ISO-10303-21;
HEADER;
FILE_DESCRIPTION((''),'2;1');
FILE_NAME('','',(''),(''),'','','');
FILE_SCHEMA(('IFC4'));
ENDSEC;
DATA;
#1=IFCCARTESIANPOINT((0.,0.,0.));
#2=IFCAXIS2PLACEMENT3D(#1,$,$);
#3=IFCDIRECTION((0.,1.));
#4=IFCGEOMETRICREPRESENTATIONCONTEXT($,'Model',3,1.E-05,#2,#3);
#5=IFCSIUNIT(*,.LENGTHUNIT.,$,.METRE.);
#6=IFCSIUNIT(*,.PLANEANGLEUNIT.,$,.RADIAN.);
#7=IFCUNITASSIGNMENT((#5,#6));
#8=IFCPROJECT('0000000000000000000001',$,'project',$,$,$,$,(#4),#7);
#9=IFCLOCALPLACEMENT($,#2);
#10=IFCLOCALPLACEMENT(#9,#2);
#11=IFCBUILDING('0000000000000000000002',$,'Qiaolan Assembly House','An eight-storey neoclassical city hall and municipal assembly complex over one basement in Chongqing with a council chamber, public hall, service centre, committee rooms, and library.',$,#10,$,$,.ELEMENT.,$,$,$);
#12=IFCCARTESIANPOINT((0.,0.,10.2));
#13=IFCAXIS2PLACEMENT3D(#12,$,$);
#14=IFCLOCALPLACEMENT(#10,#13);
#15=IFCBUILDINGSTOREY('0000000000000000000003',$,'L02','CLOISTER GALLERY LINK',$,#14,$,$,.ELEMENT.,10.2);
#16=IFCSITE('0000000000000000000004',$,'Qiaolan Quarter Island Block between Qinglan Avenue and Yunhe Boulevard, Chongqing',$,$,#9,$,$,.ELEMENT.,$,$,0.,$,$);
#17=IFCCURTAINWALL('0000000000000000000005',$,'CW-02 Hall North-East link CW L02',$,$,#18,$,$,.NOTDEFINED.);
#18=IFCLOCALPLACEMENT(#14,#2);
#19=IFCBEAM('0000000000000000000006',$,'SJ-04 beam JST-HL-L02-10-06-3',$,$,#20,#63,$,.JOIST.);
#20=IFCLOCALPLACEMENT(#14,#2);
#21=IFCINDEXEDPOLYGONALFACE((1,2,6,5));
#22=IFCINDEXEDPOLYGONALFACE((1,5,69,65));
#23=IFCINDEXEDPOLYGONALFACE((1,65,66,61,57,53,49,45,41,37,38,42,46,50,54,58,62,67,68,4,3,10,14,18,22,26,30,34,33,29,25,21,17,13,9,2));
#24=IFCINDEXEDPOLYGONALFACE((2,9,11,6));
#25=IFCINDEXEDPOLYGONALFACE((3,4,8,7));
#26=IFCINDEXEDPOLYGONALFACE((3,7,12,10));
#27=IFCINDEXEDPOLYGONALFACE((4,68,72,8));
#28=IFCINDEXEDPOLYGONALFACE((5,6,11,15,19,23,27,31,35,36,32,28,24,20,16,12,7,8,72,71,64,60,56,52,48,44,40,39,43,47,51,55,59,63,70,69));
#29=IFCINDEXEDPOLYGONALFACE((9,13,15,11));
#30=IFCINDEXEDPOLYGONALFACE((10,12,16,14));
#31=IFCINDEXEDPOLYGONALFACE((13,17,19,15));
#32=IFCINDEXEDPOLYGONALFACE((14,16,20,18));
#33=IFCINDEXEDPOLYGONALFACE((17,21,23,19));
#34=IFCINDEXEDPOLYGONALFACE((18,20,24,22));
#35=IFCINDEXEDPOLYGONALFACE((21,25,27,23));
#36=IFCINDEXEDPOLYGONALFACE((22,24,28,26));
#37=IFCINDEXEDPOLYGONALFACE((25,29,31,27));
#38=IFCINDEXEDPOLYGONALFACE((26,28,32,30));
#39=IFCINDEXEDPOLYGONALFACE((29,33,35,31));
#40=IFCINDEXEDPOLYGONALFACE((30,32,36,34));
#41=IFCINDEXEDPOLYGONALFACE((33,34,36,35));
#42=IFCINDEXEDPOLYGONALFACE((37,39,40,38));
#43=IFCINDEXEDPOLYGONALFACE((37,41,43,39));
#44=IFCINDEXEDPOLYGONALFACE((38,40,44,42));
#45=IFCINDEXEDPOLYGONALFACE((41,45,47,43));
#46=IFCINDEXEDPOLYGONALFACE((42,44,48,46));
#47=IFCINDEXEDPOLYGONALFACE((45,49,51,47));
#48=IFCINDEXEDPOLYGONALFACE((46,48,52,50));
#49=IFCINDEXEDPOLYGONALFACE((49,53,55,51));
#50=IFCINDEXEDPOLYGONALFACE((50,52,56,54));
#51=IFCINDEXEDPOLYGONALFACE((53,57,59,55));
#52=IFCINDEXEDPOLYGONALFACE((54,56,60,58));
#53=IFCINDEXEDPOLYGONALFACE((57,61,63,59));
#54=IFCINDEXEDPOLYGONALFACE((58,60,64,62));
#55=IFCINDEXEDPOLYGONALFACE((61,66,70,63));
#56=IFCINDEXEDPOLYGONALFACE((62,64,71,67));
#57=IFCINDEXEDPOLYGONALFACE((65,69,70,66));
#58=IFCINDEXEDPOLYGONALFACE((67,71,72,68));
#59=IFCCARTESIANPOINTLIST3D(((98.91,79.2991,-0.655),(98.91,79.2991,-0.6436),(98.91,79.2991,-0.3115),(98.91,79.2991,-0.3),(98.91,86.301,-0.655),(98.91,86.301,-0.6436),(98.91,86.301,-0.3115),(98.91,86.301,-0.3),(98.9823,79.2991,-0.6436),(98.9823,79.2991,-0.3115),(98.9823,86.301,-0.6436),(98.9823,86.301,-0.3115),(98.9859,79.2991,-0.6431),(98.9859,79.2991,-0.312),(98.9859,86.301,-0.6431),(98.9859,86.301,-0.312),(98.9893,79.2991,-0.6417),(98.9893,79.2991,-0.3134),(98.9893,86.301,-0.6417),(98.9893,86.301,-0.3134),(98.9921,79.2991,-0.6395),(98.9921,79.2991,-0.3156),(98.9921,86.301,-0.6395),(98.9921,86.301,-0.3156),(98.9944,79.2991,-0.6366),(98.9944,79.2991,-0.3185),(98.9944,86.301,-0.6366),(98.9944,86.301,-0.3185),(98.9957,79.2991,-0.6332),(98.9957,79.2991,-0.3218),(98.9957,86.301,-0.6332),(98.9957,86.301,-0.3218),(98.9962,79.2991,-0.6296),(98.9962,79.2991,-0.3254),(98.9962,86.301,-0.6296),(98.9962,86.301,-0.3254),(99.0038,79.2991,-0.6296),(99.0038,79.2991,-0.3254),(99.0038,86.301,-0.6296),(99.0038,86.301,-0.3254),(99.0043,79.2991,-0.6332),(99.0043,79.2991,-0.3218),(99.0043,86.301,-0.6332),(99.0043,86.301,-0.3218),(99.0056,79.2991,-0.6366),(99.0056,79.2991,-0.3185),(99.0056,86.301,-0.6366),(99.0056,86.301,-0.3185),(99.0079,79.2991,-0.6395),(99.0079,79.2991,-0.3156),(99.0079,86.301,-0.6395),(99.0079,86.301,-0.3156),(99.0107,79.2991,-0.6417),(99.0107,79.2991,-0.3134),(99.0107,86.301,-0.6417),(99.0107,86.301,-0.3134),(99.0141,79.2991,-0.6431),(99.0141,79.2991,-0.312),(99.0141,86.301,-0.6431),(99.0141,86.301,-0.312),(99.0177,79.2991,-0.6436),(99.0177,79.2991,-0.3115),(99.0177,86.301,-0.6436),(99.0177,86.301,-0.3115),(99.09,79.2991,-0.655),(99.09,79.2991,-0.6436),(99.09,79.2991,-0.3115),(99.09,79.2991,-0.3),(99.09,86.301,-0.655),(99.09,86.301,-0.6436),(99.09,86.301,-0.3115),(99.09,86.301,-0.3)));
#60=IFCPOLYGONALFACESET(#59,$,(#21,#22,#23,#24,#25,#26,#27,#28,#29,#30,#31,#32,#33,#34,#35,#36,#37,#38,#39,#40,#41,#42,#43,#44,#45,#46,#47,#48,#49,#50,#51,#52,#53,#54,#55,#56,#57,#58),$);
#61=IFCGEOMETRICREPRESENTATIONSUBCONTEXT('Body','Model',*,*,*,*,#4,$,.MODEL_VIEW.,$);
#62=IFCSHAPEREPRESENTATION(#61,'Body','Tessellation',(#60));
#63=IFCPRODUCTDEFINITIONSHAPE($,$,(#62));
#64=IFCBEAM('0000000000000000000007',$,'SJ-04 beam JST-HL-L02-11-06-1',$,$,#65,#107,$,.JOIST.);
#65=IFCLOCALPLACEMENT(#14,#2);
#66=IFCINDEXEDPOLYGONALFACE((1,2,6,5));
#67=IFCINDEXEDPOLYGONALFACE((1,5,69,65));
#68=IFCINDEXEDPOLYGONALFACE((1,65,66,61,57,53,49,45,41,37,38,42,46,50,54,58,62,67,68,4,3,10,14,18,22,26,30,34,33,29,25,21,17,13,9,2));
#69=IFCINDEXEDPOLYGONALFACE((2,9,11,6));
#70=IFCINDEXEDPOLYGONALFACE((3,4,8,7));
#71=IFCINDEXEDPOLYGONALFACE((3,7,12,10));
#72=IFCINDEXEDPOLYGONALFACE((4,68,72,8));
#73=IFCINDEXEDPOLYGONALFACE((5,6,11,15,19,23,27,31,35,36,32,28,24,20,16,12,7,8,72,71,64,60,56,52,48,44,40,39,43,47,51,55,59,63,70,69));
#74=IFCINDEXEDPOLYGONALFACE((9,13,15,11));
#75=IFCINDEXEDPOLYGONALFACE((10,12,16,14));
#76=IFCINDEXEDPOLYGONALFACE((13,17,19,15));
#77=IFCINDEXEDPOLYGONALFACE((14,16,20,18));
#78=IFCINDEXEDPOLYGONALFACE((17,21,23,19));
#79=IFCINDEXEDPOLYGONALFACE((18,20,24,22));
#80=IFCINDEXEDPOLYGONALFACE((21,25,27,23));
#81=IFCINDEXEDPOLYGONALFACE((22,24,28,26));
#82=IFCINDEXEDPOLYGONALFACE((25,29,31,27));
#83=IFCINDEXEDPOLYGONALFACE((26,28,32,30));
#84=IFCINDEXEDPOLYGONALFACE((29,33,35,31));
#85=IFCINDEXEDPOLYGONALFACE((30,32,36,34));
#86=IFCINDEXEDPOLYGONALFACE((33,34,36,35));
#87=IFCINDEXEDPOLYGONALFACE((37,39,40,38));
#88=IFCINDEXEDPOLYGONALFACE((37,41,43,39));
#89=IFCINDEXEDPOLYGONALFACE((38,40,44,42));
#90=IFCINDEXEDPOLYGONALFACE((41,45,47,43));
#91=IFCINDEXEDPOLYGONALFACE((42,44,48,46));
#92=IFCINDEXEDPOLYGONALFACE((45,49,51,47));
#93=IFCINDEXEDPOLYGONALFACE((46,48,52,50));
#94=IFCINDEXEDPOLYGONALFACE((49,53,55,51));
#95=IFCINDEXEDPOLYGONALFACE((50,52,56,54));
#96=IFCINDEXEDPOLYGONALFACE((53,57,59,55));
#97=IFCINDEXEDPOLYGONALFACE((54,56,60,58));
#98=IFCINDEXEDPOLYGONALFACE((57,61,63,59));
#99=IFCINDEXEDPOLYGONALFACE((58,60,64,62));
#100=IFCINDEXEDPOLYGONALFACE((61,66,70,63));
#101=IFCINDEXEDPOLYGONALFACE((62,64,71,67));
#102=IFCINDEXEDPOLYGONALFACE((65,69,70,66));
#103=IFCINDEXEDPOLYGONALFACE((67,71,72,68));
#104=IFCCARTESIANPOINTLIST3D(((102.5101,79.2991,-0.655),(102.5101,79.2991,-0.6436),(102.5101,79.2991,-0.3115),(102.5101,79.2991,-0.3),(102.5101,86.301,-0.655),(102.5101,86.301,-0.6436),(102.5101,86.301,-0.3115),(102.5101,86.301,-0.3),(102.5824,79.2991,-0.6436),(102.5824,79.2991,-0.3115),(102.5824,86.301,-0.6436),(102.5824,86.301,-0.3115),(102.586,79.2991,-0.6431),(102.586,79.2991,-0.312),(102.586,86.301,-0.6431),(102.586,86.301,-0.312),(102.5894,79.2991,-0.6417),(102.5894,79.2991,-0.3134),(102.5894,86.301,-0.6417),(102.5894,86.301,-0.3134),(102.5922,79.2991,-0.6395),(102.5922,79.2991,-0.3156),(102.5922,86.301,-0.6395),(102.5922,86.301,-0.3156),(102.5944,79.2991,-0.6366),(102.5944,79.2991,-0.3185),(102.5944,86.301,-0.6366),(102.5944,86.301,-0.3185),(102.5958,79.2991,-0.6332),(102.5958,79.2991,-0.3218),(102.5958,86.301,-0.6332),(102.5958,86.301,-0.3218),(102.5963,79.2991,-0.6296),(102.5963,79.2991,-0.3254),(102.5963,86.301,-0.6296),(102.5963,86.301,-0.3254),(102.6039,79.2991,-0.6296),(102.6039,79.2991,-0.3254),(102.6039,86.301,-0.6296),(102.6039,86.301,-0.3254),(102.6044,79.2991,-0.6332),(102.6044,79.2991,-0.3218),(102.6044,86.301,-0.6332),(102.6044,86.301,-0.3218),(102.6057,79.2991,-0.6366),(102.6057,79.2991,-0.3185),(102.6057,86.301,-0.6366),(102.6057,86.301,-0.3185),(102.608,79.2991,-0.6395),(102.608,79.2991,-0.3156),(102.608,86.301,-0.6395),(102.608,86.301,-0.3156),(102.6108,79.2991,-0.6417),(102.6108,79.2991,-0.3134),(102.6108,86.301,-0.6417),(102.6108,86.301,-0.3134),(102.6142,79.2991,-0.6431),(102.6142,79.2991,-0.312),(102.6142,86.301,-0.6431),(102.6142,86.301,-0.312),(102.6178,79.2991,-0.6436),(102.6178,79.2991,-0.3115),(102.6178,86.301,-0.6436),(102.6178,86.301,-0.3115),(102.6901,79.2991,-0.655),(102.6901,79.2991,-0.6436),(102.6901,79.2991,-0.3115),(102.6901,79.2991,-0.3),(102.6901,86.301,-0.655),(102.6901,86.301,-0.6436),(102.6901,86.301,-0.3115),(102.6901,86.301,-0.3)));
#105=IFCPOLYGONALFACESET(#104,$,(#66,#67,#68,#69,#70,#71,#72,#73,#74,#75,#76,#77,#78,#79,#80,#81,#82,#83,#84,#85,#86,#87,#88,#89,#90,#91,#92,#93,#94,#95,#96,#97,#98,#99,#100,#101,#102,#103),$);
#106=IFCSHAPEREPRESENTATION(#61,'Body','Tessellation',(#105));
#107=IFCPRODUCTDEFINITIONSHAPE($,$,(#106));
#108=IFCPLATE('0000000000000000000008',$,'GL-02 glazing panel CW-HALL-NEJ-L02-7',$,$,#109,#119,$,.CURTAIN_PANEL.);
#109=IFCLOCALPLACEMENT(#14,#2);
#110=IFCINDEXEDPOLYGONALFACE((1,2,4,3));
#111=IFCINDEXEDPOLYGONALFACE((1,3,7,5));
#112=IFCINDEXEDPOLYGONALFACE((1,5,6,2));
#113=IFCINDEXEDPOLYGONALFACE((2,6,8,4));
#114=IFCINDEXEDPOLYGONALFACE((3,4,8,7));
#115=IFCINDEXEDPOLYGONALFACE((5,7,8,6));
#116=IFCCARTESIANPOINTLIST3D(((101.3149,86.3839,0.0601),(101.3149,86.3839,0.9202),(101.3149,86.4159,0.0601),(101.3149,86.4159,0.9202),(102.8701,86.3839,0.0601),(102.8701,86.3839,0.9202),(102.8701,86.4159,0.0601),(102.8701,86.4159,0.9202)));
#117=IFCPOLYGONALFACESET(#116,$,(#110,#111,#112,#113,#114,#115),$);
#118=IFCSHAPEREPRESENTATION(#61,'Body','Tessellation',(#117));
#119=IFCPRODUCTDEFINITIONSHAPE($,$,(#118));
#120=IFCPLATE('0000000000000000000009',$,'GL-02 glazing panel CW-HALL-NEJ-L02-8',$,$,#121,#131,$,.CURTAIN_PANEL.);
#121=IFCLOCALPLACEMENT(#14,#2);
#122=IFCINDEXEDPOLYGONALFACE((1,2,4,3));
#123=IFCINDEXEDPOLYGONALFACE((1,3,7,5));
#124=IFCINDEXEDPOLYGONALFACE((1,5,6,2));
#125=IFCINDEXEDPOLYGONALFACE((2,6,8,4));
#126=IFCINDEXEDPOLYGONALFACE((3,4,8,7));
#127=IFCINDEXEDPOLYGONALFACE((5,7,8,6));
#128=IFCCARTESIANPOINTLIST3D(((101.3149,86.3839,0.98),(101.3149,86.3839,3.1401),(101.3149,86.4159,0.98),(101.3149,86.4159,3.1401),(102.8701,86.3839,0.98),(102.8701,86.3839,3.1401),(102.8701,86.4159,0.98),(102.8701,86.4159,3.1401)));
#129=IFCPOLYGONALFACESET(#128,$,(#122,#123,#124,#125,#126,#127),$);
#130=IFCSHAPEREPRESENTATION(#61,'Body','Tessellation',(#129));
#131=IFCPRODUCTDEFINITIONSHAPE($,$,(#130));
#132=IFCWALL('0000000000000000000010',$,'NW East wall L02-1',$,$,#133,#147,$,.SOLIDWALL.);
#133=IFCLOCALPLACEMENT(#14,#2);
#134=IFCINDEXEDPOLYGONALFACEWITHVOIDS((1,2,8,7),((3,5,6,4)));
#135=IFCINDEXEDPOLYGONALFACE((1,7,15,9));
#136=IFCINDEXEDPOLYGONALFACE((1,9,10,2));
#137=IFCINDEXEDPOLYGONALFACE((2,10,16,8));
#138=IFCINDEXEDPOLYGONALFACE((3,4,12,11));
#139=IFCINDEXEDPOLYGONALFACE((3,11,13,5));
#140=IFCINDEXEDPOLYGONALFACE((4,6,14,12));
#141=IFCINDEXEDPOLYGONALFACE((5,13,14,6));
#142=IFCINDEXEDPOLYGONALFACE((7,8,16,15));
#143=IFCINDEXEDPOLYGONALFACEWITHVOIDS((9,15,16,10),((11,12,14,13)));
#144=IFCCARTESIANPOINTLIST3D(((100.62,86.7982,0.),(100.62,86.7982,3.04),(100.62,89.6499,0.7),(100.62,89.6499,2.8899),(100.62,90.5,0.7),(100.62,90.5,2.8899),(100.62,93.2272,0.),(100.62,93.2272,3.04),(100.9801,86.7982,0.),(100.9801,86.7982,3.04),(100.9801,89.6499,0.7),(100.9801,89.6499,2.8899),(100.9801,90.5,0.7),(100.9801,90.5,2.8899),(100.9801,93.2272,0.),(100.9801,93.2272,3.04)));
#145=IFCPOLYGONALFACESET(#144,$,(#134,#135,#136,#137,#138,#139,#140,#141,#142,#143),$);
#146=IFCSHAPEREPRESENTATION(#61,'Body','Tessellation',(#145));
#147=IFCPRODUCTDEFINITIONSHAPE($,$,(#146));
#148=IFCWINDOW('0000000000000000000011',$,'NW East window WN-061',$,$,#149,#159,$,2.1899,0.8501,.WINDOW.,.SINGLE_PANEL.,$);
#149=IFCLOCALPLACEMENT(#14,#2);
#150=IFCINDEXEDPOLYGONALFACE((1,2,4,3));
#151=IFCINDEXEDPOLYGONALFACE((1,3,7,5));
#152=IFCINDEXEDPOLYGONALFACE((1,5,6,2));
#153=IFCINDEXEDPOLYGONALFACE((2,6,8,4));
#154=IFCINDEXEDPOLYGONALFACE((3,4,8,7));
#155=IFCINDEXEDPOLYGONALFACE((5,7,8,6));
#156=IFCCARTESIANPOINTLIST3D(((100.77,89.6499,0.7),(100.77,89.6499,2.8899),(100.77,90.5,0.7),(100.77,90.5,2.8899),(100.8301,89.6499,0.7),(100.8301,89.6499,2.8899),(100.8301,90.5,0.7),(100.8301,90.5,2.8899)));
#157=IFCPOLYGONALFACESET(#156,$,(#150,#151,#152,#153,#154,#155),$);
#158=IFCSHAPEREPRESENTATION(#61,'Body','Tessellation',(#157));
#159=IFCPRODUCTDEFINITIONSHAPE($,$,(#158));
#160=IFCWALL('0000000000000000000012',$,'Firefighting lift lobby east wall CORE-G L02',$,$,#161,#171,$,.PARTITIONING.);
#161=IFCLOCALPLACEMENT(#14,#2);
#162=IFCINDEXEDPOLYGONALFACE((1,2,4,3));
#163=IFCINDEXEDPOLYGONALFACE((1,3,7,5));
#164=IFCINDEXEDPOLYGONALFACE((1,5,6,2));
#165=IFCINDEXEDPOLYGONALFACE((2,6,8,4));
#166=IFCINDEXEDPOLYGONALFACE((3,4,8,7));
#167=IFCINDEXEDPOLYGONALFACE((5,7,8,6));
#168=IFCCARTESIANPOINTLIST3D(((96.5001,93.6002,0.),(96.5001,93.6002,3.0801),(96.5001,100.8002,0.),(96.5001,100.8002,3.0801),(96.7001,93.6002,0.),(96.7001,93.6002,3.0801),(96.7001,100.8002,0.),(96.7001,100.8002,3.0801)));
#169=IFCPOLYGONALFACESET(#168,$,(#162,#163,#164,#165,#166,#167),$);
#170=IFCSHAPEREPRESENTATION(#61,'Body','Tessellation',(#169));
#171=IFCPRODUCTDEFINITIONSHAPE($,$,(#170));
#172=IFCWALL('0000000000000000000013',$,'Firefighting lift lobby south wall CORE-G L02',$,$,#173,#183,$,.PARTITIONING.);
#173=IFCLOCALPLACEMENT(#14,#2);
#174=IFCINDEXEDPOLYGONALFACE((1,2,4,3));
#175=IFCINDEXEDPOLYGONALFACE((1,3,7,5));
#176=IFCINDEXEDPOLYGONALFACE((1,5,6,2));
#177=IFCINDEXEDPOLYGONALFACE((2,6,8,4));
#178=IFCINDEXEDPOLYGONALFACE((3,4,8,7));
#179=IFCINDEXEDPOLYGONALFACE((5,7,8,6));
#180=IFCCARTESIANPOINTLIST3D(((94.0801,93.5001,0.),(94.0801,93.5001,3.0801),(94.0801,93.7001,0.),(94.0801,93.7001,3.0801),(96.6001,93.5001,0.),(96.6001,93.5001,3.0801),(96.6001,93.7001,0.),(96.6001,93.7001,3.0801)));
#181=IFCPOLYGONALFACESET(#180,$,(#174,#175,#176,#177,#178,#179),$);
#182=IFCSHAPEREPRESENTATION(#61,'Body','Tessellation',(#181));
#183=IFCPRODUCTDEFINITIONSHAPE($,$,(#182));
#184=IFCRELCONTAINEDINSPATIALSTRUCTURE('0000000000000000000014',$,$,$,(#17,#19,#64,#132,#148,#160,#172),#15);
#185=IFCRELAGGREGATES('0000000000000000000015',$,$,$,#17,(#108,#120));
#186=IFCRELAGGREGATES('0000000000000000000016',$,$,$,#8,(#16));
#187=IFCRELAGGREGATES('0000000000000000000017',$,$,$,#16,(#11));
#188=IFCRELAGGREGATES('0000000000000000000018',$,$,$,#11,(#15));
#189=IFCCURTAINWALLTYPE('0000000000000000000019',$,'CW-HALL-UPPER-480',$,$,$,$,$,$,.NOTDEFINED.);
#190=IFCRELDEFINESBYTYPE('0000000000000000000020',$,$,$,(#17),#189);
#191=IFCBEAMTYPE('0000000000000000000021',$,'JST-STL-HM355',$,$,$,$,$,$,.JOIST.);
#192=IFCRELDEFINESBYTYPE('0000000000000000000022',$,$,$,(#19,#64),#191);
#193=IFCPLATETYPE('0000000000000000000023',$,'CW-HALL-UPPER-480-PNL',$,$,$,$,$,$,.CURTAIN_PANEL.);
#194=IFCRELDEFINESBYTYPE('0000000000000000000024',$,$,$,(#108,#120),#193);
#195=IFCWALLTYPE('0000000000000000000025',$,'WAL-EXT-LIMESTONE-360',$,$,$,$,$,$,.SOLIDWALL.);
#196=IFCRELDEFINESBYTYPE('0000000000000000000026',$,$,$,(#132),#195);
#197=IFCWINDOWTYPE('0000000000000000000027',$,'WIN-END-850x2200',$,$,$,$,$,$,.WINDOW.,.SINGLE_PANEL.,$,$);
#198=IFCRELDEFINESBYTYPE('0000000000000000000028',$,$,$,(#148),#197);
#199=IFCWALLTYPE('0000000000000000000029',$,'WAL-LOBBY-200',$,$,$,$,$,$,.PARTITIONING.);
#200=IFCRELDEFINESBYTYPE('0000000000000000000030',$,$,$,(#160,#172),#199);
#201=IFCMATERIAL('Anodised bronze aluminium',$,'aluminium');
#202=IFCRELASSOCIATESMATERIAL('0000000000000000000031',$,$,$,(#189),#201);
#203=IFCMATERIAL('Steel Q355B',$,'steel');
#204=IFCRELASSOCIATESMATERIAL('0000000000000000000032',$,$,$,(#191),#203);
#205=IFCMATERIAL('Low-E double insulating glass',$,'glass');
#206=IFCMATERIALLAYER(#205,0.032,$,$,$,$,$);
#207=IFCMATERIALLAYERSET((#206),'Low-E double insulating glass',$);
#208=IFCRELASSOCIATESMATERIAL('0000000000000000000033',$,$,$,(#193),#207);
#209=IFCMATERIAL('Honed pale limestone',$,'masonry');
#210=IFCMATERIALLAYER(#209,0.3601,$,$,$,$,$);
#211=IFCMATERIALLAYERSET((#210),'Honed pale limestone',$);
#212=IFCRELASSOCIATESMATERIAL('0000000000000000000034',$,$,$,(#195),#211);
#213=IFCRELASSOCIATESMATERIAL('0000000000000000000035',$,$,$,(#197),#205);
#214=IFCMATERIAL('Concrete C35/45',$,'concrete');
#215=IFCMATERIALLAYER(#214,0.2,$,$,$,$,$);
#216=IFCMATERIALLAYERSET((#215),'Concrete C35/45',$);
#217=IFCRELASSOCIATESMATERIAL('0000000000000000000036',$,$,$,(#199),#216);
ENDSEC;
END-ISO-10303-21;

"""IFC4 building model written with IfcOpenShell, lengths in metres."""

from ifc_helpers import new_model, si_unit, direction, frame, frame_2d, origin, origin_2d, place, context, subcontext, project, spatial, rectangle, i_section, extrude, material, layer, layer_set, material_profile, profile_set, type_object, element, fill, aggregate, save


model = new_model("IFC4")

# Units and contexts
model_context = context("Model", 3, precision=1e-05, world=origin(), true_north=direction((0.0, 1.0)))
body_context = subcontext(model_context, "Body", "Model", "MODEL_VIEW")
ifc_project = project(units=[si_unit("LENGTHUNIT", "METRE"), si_unit("PLANEANGLEUNIT", "RADIAN")], contexts=[model_context])

# Site, building, storey
site_placement = place(None, origin())
site = spatial("IfcSite", under=ifc_project, at=site_placement, Name="Qiaolan Quarter Island Block between Qinglan Avenue and Yunhe Boulevard, Chongqing", CompositionType="ELEMENT", RefElevation=0.0)
building_placement = place(site_placement, origin())
building = spatial("IfcBuilding", under=site, at=building_placement, Name="Qiaolan Assembly House", Description="An eight-storey neoclassical city hall and municipal assembly complex over one basement in Chongqing with a council chamber, public hall, service centre, committee rooms, and library.", CompositionType="ELEMENT")
storey_placement = place(building_placement, frame((0.0, 0.0, 10.2)))
storey = spatial("IfcBuildingStorey", under=building, at=storey_placement, Name="L02", Description="CLOISTER GALLERY LINK", CompositionType="ELEMENT", Elevation=10.2)

# Shared definitions
ifc_material_1 = material(Name="Steel Q355B", Category="steel")

# Curtain wall
ifc_material_2 = material(Name="Anodised bronze aluminium", Category="aluminium")
curtain_wall_type = type_object("IfcCurtainWallType", Name="CW-HALL-UPPER-480", PredefinedType="NOTDEFINED", material=ifc_material_2)
curtain_wall_placement = place(storey_placement, origin())
curtain_wall = element("IfcCurtainWall", 1, at=curtain_wall_placement, inside=storey, type_object=curtain_wall_type, Name="CW-02 Hall North-East link CW L02", PredefinedType="NOTDEFINED")

# Beams
ifc_material_profile_1 = material_profile(ifc_material_1, i_section(OverallWidth=0.1799, OverallDepth=0.355, WebThickness=0.0076, FlangeThickness=0.0115, FilletRadius=0.0139, at=origin_2d()), Name="HM 355x180x7.5x11.5")
ifc_profile_set_1 = profile_set([ifc_material_profile_1], Name="Steel Q355B")
beam_type_1 = type_object("IfcBeamType", Name="JST-STL-HM355", PredefinedType="JOIST", material=ifc_profile_set_1)
for number, where, z_axis, x_axis, name in (
    (2, (99.0, 79.2991, -0.4775), (0.0, 1.0, 0.0), (-1.0, 0.0, 0.0), "SJ-04 beam JST-HL-L02-10-06-3"),
    (3, (102.6001, 79.2991, -0.4775), (0.0, 1.0, 0.0), (-1.0, 0.0, 0.0), "SJ-04 beam JST-HL-L02-11-06-1"),
):
    element("IfcBeam", number, at=place(storey_placement, frame(where, z_axis=z_axis, x_axis=x_axis)), inside=storey, type_object=beam_type_1, Name=name, PredefinedType="JOIST", context=body_context, shape_type="SweptSolid", body=[
        extrude(i_section(OverallWidth=0.1799, OverallDepth=0.355, WebThickness=0.0076, FlangeThickness=0.0115, FilletRadius=0.0139, at=origin_2d()), origin(), (0.0, 0.0, 1.0), 7.002),
    ])

# Plates
ifc_material_3 = material(Name="Low-E double insulating glass", Category="glass")
ifc_layer_1 = layer(ifc_material_3, 0.032)
ifc_layer_set_1 = layer_set([ifc_layer_1], Name="Low-E double insulating glass")
plate_type = type_object("IfcPlateType", Name="CW-HALL-UPPER-480-PNL", PredefinedType="CURTAIN_PANEL", material=ifc_layer_set_1)
plate_1_placement = place(storey_placement, frame((102.8701, 86.3999, 0.0601), z_axis=(0.0, 0.0, 1.0), x_axis=(-1.0, 0.0, 0.0)))
plate_1 = element("IfcPlate", 4, at=plate_1_placement, type_object=plate_type, Name="GL-02 glazing panel CW-HALL-NEJ-L02-7", PredefinedType="CURTAIN_PANEL", context=body_context, shape_type="SweptSolid", body=[
    extrude(rectangle(XDim=1.5552, YDim=0.032, at=frame_2d((0.7776, 0.0))), origin(), (0.0, 0.0, 1.0), 0.8601),
])
plate_2_placement = place(storey_placement, frame((102.8701, 86.3999, 0.98), z_axis=(0.0, 0.0, 1.0), x_axis=(-1.0, 0.0, 0.0)))
plate_2 = element("IfcPlate", 5, at=plate_2_placement, type_object=plate_type, Name="GL-02 glazing panel CW-HALL-NEJ-L02-8", PredefinedType="CURTAIN_PANEL", context=body_context, shape_type="SweptSolid", body=[
    extrude(rectangle(XDim=1.5552, YDim=0.032, at=frame_2d((0.7776, 0.0))), origin(), (0.0, 0.0, 1.0), 2.1602),
])
aggregate(curtain_wall, [plate_1, plate_2])

# Wall, opening, window
ifc_material_4 = material(Name="Honed pale limestone", Category="masonry")
ifc_layer_2 = layer(ifc_material_4, 0.3601)
ifc_layer_set_2 = layer_set([ifc_layer_2], Name="Honed pale limestone")
wall_type_1 = type_object("IfcWallType", Name="WAL-EXT-LIMESTONE-360", PredefinedType="SOLIDWALL", material=ifc_layer_set_2)
wall_1_placement = place(storey_placement, frame((100.8, 93.2271, 0.0), z_axis=(0.0, 0.0, 1.0), x_axis=(0.0, -1.0, 0.0)))
wall_1 = element("IfcWall", 6, at=wall_1_placement, inside=storey, type_object=wall_type_1, Name="NW East wall L02-1", PredefinedType="SOLIDWALL", context=body_context, shape_type="SweptSolid", body=[
    extrude(rectangle(XDim=6.429, YDim=0.3601, at=frame_2d((3.2144, 0.0))), origin(), (0.0, 0.0, 1.0), 3.04),
])
opening_placement = place(wall_1_placement, frame((2.7271, 0.0, 0.7)))
opening = element("IfcOpeningElement", 7, at=opening_placement, cuts=wall_1, PredefinedType="OPENING", context=body_context, shape_type="SweptSolid", body=[
    extrude(rectangle(XDim=0.8501, YDim=2.1899, at=frame_2d((0.425, 1.095))), frame((0.0, 0.1899, 0.0), z_axis=(0.0, -1.0, 0.0), x_axis=(1.0, 0.0, 0.0)), (0.0, 0.0, 1.0), 0.3801),
])
window_type = type_object("IfcWindowType", Name="WIN-END-850x2200", PartitioningType="SINGLE_PANEL", PredefinedType="WINDOW", material=ifc_material_3)
window_placement = place(opening_placement, origin())
window = element("IfcWindow", 8, at=window_placement, inside=storey, type_object=window_type, Name="NW East window WN-061", OverallHeight=2.1899, OverallWidth=0.8501, PartitioningType="SINGLE_PANEL", PredefinedType="WINDOW", context=body_context, shape_type="SweptSolid", body=[
    extrude(rectangle(XDim=0.8501, YDim=2.1899, at=frame_2d((0.425, 1.095))), frame((0.0, 0.03, 0.0), z_axis=(0.0, -1.0, 0.0), x_axis=(1.0, 0.0, 0.0)), (0.0, 0.0, 1.0), 0.0601),
])
fill(opening, window)

# Walls
ifc_material_5 = material(Name="Concrete C35/45", Category="concrete")
ifc_layer_3 = layer(ifc_material_5, 0.2)
ifc_layer_set_3 = layer_set([ifc_layer_3], Name="Concrete C35/45")
wall_type_2 = type_object("IfcWallType", Name="WAL-LOBBY-200", PredefinedType="PARTITIONING", material=ifc_layer_set_3)
wall_2_placement = place(storey_placement, frame((96.6001, 93.6001, 0.0), z_axis=(0.0, 0.0, 1.0), x_axis=(0.0, 1.0, 0.0)))
element("IfcWall", 9, at=wall_2_placement, inside=storey, type_object=wall_type_2, Name="Firefighting lift lobby east wall CORE-G L02", PredefinedType="PARTITIONING", context=body_context, shape_type="SweptSolid", body=[
    extrude(rectangle(XDim=7.2, YDim=0.2, at=frame_2d((3.6001, 0.0))), origin(), (0.0, 0.0, 1.0), 3.0801),
])
wall_3_placement = place(storey_placement, frame((94.0801, 93.6001, 0.0), z_axis=(0.0, 0.0, 1.0), x_axis=(1.0, 0.0, 0.0)))
element("IfcWall", 10, at=wall_3_placement, inside=storey, type_object=wall_type_2, Name="Firefighting lift lobby south wall CORE-G L02", PredefinedType="PARTITIONING", context=body_context, shape_type="SweptSolid", body=[
    extrude(rectangle(XDim=2.52, YDim=0.2, at=frame_2d((1.26, 0.0))), origin(), (0.0, 0.0, 1.0), 3.0801),
])

save(model, "model.ifc")
